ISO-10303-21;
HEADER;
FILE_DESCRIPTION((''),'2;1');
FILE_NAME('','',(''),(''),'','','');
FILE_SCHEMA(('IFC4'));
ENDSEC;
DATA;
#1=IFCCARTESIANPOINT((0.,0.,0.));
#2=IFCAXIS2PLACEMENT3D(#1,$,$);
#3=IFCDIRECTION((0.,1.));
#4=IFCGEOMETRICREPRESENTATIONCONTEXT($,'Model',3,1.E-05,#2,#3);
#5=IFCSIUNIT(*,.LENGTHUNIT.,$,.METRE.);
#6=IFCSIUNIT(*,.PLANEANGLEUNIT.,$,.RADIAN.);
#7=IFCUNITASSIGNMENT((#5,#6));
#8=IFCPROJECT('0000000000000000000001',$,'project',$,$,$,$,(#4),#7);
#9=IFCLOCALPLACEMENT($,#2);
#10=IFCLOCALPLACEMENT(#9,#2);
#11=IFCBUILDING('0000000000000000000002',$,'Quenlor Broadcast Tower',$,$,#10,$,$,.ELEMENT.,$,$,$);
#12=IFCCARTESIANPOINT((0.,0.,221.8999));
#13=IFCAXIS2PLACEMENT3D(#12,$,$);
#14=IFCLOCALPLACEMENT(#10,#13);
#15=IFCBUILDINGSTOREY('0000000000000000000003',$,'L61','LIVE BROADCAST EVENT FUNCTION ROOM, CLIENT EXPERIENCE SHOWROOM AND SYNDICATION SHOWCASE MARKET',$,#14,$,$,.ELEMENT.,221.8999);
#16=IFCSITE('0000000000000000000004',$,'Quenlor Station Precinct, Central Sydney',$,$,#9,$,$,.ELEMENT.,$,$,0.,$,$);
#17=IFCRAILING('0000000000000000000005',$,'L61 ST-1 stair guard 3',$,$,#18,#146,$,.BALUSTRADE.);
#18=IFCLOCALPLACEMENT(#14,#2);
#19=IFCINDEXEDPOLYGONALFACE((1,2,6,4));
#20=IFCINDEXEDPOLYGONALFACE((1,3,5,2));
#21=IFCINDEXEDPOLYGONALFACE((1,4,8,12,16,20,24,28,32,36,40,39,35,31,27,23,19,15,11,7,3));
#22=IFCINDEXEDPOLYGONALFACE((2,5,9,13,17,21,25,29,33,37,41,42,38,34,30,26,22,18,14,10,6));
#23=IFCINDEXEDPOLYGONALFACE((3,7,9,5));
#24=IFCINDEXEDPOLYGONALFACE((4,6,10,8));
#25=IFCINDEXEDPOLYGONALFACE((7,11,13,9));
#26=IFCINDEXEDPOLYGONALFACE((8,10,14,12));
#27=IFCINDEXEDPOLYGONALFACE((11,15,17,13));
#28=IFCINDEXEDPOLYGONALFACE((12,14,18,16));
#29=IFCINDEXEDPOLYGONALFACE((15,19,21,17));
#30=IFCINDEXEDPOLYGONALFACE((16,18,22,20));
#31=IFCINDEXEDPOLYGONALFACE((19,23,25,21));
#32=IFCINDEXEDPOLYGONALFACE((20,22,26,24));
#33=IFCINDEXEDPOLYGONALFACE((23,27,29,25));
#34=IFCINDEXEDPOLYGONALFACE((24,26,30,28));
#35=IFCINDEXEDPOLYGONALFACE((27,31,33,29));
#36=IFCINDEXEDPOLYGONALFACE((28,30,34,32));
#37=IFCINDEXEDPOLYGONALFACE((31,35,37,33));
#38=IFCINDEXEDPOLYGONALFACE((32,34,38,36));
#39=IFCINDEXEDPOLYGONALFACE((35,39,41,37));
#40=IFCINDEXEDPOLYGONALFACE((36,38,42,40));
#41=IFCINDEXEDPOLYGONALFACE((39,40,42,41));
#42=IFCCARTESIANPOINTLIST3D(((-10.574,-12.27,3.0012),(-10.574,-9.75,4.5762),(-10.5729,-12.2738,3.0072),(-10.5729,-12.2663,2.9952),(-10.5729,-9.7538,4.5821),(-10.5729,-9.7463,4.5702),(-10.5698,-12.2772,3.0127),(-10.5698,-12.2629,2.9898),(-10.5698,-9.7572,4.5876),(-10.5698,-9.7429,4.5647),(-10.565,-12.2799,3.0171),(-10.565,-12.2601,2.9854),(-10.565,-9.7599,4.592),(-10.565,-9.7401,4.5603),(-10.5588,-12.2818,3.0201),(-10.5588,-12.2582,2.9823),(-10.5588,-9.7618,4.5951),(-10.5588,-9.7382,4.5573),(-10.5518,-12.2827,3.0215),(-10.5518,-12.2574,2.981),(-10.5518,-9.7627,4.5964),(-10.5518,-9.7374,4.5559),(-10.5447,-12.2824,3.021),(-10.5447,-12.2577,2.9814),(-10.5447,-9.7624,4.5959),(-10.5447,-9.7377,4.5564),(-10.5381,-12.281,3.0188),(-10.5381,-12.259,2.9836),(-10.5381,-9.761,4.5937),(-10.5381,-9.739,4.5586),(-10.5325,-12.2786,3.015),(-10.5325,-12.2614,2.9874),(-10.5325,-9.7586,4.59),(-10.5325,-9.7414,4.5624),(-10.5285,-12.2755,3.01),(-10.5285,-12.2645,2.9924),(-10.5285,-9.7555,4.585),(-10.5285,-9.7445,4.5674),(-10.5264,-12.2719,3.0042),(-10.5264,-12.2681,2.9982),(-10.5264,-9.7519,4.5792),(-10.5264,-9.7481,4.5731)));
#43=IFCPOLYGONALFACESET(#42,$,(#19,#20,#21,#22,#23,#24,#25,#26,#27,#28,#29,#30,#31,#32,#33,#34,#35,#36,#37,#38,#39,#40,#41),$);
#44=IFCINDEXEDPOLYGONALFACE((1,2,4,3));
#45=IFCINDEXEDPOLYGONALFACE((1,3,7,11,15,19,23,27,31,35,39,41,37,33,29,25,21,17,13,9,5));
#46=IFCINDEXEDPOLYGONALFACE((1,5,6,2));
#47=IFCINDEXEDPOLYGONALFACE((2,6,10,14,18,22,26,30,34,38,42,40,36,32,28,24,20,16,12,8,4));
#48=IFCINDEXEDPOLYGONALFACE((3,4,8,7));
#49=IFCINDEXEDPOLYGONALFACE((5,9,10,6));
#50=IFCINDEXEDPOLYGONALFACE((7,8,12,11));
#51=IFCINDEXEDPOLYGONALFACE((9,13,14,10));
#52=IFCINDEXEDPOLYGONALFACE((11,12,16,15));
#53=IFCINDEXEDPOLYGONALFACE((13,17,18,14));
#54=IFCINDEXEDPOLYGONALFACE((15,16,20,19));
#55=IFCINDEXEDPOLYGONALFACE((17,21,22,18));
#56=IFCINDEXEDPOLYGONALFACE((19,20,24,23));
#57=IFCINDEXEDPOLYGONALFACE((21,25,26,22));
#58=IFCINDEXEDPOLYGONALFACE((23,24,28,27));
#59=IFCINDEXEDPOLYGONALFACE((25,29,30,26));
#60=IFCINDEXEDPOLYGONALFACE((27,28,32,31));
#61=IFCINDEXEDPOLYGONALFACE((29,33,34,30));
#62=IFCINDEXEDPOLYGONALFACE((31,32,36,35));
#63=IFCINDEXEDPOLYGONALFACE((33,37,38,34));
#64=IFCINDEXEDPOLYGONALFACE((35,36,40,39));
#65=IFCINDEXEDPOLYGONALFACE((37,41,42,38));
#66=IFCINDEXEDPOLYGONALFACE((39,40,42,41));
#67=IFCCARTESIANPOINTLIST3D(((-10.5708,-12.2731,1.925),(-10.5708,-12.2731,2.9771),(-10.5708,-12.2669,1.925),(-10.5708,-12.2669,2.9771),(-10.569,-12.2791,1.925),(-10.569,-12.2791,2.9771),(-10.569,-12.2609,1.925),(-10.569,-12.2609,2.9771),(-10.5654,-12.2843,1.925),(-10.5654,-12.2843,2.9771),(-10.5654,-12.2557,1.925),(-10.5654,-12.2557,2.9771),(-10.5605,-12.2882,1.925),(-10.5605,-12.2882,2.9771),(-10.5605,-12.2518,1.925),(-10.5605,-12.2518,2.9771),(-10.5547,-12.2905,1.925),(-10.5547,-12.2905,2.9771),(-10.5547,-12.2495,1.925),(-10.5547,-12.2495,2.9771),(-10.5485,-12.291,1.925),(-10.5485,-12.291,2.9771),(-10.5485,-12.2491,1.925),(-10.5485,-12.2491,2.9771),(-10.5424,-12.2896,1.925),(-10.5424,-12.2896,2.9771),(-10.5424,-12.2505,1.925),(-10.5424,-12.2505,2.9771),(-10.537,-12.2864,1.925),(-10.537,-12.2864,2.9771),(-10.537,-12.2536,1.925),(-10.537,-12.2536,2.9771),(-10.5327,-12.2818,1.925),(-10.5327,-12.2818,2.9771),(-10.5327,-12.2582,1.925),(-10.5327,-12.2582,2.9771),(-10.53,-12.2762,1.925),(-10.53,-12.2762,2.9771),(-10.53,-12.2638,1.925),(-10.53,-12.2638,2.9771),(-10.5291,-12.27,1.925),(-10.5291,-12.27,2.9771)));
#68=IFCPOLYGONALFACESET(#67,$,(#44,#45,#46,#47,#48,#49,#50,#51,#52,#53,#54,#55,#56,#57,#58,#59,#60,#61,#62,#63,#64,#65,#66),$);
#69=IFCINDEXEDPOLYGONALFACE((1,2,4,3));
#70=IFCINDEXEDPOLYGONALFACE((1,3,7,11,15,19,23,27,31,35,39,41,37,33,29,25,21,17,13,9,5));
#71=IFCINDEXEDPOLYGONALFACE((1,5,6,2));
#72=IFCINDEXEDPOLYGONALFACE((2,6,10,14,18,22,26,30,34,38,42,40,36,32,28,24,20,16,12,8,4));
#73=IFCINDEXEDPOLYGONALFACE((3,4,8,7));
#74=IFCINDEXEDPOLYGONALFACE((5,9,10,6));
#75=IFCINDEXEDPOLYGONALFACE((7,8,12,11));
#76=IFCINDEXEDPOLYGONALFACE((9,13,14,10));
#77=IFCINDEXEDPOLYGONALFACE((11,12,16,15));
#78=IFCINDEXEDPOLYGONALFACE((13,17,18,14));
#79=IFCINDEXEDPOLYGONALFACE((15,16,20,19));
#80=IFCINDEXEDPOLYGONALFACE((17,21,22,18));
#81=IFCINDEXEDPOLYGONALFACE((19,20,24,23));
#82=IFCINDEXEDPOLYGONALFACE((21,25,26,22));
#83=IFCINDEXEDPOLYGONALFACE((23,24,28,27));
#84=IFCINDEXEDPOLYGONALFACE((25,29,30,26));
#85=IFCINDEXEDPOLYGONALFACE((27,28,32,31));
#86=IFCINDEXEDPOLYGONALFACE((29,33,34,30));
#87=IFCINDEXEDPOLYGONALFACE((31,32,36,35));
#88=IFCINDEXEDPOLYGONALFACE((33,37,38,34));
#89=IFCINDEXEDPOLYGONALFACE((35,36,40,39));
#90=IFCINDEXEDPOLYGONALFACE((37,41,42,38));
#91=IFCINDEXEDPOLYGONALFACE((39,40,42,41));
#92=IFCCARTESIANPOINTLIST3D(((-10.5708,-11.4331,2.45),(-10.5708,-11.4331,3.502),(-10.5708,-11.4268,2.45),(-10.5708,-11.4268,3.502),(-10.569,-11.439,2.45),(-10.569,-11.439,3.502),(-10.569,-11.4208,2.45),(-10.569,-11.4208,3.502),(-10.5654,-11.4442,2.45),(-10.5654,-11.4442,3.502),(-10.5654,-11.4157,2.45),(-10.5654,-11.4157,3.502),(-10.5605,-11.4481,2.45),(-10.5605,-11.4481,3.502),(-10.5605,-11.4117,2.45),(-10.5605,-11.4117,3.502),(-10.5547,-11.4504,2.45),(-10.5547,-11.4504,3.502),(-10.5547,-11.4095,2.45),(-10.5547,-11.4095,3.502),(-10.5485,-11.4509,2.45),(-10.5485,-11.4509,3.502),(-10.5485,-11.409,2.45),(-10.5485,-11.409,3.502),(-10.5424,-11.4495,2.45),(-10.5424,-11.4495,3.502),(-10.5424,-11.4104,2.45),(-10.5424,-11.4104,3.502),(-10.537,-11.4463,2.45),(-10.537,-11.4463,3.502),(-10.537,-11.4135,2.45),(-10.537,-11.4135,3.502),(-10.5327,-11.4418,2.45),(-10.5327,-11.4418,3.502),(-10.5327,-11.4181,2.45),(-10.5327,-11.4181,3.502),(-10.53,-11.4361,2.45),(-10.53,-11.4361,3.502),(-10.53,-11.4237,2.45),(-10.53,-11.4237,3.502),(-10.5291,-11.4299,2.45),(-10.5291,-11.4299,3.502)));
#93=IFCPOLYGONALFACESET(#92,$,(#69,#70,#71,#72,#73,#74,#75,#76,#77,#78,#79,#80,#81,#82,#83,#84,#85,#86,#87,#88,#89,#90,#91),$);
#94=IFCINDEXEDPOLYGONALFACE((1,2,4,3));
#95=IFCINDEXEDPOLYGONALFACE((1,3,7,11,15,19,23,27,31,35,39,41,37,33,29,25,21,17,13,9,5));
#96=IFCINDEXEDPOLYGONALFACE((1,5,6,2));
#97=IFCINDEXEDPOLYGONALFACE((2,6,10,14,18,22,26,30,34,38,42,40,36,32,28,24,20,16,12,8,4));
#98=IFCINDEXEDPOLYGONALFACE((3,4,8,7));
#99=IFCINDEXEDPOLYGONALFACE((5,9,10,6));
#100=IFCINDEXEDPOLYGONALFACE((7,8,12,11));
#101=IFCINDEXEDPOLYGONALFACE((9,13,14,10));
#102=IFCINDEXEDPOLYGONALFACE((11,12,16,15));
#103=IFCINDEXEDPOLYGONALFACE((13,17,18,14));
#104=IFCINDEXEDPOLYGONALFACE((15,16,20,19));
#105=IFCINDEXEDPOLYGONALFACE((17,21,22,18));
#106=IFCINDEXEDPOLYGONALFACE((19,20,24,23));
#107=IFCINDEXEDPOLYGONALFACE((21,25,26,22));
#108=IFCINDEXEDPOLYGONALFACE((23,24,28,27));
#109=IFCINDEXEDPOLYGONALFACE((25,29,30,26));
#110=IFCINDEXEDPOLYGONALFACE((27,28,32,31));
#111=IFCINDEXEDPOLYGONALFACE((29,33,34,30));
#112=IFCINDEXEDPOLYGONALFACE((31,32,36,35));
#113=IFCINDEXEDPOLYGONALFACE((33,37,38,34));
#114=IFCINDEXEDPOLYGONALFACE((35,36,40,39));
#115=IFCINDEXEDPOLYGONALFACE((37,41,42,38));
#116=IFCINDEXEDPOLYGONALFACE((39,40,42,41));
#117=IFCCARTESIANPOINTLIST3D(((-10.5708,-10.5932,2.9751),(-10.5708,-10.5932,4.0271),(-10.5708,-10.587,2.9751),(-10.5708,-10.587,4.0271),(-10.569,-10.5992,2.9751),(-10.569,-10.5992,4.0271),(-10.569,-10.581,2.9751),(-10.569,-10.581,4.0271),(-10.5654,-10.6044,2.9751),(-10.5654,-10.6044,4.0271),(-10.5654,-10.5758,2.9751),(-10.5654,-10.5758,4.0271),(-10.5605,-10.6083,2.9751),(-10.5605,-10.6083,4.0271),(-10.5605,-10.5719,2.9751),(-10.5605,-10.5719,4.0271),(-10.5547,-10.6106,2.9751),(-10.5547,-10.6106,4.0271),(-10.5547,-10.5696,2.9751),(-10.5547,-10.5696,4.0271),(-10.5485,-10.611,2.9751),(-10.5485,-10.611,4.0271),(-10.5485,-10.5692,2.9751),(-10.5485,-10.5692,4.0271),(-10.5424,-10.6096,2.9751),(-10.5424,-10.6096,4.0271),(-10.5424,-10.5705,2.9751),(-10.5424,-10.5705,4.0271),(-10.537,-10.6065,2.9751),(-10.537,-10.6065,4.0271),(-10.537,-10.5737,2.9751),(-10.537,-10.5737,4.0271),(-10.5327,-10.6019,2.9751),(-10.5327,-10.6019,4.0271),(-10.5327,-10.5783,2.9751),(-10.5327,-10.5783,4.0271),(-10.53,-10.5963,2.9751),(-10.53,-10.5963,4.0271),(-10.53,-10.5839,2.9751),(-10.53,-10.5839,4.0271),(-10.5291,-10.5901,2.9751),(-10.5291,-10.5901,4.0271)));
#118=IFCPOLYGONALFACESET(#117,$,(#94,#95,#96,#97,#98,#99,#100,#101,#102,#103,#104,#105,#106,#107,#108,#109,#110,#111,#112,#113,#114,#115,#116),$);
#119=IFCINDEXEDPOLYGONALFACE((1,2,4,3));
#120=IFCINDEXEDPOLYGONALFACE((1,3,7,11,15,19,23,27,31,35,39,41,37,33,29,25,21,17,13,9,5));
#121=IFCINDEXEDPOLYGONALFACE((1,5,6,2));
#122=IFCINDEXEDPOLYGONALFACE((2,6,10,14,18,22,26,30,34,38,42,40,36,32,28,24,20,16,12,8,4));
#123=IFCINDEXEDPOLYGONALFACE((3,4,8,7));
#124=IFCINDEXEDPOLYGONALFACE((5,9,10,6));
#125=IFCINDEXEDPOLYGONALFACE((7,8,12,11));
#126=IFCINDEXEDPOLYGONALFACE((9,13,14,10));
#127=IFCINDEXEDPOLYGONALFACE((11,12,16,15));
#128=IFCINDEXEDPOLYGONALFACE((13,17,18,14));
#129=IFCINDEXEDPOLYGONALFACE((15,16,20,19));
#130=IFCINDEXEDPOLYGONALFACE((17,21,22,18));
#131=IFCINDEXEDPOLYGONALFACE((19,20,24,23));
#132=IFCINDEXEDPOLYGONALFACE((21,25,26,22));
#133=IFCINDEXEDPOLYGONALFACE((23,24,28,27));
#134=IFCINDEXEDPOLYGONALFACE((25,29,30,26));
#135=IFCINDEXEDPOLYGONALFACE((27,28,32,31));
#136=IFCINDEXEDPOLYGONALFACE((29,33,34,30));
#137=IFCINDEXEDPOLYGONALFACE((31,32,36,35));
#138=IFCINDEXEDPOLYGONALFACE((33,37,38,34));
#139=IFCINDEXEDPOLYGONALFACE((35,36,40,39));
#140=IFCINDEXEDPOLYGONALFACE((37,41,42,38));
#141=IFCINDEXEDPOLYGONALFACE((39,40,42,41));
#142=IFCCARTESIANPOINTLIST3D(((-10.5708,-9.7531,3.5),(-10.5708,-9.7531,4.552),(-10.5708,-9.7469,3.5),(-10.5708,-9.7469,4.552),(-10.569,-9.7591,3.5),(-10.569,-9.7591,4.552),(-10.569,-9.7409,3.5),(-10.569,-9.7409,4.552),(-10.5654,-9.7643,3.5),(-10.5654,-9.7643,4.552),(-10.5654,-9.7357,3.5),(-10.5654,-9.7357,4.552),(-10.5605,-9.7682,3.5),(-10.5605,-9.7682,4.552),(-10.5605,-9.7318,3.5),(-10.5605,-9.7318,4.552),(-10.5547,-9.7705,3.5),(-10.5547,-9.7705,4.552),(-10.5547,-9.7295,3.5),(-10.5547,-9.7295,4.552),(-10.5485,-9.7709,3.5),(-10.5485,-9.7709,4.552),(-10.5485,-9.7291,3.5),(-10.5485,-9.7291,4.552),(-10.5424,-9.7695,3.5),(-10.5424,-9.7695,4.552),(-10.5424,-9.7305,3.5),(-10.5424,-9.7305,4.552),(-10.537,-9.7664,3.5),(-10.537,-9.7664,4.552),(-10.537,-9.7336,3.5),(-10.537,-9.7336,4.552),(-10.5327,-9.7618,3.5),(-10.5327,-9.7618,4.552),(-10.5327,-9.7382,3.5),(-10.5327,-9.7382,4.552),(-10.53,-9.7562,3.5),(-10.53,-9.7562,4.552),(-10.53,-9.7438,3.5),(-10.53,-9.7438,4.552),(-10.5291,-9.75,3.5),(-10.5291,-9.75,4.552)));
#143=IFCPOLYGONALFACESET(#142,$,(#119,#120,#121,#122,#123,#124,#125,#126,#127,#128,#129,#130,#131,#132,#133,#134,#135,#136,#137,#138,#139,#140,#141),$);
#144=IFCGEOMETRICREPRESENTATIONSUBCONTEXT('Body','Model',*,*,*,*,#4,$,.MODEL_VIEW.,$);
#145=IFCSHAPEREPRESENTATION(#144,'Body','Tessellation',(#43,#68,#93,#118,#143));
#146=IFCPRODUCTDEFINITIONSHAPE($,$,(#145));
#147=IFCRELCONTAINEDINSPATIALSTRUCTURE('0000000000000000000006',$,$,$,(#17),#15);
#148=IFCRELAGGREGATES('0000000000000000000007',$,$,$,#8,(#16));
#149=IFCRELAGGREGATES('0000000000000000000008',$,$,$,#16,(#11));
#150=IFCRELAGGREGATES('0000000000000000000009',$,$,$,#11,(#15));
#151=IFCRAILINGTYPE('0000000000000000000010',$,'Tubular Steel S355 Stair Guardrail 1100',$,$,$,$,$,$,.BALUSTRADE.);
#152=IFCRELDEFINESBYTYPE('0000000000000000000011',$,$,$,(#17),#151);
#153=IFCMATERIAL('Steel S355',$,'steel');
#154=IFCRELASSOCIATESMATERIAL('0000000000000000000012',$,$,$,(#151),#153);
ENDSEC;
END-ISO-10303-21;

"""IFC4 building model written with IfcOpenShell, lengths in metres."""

from ifc_helpers import new_model, si_unit, direction, frame, origin, origin_2d, place, context, subcontext, project, spatial, circle, extrude, material, type_object, element, save


model = new_model("IFC4")

# Units and contexts
model_context = context("Model", 3, precision=1e-05, world=origin(), true_north=direction((0.0, 1.0)))
body_context = subcontext(model_context, "Body", "Model", "MODEL_VIEW")
ifc_project = project(units=[si_unit("LENGTHUNIT", "METRE"), si_unit("PLANEANGLEUNIT", "RADIAN")], contexts=[model_context])

# Site, building, storey
site_placement = place(None, origin())
site = spatial("IfcSite", under=ifc_project, at=site_placement, Name="Quenlor Station Precinct, Central Sydney", CompositionType="ELEMENT", RefElevation=0.0)
building_placement = place(site_placement, origin())
building = spatial("IfcBuilding", under=site, at=building_placement, Name="Quenlor Broadcast Tower", CompositionType="ELEMENT")
storey_placement = place(building_placement, frame((0.0, 0.0, 221.8999)))
storey = spatial("IfcBuildingStorey", under=building, at=storey_placement, Name="L61", Description="LIVE BROADCAST EVENT FUNCTION ROOM, CLIENT EXPERIENCE SHOWROOM AND SYNDICATION SHOWCASE MARKET", CompositionType="ELEMENT", Elevation=221.8999)

# Railing
ifc_material_1 = material(Name="Steel S355", Category="steel")
railing_type_1 = type_object("IfcRailingType", Name="Tubular Steel S355 Stair Guardrail 1100", PredefinedType="BALUSTRADE", material=ifc_material_1)
railing_1_placement = place(storey_placement, frame((-10.55, -12.27, 1.925)))
element("IfcRailing", 1, at=railing_1_placement, inside=storey, type_object=railing_type_1, Name="L61 ST-1 stair guard 3", PredefinedType="BALUSTRADE", context=body_context, shape_type="SweptSolid", body=[
    extrude(circle(Radius=0.0239, at=origin_2d()), frame((0.0, 0.0, 1.0762), z_axis=(0.0, 0.848008, 0.529984), x_axis=(-1.0, 0.0, 0.0)), (0.0, 0.0, 1.0), 2.9717),
    extrude(circle(Radius=0.021, at=origin_2d()), origin(), (0.0, 0.0, 1.0), 1.052),
    extrude(circle(Radius=0.021, at=origin_2d()), frame((0.0, 0.8401, 0.5249)), (0.0, 0.0, 1.0), 1.052),
    extrude(circle(Radius=0.021, at=origin_2d()), frame((0.0, 1.6799, 1.05)), (0.0, 0.0, 1.0), 1.052),
    extrude(circle(Radius=0.021, at=origin_2d()), frame((0.0, 2.52, 1.575)), (0.0, 0.0, 1.0), 1.052),
])

save(model, "model.ifc")
